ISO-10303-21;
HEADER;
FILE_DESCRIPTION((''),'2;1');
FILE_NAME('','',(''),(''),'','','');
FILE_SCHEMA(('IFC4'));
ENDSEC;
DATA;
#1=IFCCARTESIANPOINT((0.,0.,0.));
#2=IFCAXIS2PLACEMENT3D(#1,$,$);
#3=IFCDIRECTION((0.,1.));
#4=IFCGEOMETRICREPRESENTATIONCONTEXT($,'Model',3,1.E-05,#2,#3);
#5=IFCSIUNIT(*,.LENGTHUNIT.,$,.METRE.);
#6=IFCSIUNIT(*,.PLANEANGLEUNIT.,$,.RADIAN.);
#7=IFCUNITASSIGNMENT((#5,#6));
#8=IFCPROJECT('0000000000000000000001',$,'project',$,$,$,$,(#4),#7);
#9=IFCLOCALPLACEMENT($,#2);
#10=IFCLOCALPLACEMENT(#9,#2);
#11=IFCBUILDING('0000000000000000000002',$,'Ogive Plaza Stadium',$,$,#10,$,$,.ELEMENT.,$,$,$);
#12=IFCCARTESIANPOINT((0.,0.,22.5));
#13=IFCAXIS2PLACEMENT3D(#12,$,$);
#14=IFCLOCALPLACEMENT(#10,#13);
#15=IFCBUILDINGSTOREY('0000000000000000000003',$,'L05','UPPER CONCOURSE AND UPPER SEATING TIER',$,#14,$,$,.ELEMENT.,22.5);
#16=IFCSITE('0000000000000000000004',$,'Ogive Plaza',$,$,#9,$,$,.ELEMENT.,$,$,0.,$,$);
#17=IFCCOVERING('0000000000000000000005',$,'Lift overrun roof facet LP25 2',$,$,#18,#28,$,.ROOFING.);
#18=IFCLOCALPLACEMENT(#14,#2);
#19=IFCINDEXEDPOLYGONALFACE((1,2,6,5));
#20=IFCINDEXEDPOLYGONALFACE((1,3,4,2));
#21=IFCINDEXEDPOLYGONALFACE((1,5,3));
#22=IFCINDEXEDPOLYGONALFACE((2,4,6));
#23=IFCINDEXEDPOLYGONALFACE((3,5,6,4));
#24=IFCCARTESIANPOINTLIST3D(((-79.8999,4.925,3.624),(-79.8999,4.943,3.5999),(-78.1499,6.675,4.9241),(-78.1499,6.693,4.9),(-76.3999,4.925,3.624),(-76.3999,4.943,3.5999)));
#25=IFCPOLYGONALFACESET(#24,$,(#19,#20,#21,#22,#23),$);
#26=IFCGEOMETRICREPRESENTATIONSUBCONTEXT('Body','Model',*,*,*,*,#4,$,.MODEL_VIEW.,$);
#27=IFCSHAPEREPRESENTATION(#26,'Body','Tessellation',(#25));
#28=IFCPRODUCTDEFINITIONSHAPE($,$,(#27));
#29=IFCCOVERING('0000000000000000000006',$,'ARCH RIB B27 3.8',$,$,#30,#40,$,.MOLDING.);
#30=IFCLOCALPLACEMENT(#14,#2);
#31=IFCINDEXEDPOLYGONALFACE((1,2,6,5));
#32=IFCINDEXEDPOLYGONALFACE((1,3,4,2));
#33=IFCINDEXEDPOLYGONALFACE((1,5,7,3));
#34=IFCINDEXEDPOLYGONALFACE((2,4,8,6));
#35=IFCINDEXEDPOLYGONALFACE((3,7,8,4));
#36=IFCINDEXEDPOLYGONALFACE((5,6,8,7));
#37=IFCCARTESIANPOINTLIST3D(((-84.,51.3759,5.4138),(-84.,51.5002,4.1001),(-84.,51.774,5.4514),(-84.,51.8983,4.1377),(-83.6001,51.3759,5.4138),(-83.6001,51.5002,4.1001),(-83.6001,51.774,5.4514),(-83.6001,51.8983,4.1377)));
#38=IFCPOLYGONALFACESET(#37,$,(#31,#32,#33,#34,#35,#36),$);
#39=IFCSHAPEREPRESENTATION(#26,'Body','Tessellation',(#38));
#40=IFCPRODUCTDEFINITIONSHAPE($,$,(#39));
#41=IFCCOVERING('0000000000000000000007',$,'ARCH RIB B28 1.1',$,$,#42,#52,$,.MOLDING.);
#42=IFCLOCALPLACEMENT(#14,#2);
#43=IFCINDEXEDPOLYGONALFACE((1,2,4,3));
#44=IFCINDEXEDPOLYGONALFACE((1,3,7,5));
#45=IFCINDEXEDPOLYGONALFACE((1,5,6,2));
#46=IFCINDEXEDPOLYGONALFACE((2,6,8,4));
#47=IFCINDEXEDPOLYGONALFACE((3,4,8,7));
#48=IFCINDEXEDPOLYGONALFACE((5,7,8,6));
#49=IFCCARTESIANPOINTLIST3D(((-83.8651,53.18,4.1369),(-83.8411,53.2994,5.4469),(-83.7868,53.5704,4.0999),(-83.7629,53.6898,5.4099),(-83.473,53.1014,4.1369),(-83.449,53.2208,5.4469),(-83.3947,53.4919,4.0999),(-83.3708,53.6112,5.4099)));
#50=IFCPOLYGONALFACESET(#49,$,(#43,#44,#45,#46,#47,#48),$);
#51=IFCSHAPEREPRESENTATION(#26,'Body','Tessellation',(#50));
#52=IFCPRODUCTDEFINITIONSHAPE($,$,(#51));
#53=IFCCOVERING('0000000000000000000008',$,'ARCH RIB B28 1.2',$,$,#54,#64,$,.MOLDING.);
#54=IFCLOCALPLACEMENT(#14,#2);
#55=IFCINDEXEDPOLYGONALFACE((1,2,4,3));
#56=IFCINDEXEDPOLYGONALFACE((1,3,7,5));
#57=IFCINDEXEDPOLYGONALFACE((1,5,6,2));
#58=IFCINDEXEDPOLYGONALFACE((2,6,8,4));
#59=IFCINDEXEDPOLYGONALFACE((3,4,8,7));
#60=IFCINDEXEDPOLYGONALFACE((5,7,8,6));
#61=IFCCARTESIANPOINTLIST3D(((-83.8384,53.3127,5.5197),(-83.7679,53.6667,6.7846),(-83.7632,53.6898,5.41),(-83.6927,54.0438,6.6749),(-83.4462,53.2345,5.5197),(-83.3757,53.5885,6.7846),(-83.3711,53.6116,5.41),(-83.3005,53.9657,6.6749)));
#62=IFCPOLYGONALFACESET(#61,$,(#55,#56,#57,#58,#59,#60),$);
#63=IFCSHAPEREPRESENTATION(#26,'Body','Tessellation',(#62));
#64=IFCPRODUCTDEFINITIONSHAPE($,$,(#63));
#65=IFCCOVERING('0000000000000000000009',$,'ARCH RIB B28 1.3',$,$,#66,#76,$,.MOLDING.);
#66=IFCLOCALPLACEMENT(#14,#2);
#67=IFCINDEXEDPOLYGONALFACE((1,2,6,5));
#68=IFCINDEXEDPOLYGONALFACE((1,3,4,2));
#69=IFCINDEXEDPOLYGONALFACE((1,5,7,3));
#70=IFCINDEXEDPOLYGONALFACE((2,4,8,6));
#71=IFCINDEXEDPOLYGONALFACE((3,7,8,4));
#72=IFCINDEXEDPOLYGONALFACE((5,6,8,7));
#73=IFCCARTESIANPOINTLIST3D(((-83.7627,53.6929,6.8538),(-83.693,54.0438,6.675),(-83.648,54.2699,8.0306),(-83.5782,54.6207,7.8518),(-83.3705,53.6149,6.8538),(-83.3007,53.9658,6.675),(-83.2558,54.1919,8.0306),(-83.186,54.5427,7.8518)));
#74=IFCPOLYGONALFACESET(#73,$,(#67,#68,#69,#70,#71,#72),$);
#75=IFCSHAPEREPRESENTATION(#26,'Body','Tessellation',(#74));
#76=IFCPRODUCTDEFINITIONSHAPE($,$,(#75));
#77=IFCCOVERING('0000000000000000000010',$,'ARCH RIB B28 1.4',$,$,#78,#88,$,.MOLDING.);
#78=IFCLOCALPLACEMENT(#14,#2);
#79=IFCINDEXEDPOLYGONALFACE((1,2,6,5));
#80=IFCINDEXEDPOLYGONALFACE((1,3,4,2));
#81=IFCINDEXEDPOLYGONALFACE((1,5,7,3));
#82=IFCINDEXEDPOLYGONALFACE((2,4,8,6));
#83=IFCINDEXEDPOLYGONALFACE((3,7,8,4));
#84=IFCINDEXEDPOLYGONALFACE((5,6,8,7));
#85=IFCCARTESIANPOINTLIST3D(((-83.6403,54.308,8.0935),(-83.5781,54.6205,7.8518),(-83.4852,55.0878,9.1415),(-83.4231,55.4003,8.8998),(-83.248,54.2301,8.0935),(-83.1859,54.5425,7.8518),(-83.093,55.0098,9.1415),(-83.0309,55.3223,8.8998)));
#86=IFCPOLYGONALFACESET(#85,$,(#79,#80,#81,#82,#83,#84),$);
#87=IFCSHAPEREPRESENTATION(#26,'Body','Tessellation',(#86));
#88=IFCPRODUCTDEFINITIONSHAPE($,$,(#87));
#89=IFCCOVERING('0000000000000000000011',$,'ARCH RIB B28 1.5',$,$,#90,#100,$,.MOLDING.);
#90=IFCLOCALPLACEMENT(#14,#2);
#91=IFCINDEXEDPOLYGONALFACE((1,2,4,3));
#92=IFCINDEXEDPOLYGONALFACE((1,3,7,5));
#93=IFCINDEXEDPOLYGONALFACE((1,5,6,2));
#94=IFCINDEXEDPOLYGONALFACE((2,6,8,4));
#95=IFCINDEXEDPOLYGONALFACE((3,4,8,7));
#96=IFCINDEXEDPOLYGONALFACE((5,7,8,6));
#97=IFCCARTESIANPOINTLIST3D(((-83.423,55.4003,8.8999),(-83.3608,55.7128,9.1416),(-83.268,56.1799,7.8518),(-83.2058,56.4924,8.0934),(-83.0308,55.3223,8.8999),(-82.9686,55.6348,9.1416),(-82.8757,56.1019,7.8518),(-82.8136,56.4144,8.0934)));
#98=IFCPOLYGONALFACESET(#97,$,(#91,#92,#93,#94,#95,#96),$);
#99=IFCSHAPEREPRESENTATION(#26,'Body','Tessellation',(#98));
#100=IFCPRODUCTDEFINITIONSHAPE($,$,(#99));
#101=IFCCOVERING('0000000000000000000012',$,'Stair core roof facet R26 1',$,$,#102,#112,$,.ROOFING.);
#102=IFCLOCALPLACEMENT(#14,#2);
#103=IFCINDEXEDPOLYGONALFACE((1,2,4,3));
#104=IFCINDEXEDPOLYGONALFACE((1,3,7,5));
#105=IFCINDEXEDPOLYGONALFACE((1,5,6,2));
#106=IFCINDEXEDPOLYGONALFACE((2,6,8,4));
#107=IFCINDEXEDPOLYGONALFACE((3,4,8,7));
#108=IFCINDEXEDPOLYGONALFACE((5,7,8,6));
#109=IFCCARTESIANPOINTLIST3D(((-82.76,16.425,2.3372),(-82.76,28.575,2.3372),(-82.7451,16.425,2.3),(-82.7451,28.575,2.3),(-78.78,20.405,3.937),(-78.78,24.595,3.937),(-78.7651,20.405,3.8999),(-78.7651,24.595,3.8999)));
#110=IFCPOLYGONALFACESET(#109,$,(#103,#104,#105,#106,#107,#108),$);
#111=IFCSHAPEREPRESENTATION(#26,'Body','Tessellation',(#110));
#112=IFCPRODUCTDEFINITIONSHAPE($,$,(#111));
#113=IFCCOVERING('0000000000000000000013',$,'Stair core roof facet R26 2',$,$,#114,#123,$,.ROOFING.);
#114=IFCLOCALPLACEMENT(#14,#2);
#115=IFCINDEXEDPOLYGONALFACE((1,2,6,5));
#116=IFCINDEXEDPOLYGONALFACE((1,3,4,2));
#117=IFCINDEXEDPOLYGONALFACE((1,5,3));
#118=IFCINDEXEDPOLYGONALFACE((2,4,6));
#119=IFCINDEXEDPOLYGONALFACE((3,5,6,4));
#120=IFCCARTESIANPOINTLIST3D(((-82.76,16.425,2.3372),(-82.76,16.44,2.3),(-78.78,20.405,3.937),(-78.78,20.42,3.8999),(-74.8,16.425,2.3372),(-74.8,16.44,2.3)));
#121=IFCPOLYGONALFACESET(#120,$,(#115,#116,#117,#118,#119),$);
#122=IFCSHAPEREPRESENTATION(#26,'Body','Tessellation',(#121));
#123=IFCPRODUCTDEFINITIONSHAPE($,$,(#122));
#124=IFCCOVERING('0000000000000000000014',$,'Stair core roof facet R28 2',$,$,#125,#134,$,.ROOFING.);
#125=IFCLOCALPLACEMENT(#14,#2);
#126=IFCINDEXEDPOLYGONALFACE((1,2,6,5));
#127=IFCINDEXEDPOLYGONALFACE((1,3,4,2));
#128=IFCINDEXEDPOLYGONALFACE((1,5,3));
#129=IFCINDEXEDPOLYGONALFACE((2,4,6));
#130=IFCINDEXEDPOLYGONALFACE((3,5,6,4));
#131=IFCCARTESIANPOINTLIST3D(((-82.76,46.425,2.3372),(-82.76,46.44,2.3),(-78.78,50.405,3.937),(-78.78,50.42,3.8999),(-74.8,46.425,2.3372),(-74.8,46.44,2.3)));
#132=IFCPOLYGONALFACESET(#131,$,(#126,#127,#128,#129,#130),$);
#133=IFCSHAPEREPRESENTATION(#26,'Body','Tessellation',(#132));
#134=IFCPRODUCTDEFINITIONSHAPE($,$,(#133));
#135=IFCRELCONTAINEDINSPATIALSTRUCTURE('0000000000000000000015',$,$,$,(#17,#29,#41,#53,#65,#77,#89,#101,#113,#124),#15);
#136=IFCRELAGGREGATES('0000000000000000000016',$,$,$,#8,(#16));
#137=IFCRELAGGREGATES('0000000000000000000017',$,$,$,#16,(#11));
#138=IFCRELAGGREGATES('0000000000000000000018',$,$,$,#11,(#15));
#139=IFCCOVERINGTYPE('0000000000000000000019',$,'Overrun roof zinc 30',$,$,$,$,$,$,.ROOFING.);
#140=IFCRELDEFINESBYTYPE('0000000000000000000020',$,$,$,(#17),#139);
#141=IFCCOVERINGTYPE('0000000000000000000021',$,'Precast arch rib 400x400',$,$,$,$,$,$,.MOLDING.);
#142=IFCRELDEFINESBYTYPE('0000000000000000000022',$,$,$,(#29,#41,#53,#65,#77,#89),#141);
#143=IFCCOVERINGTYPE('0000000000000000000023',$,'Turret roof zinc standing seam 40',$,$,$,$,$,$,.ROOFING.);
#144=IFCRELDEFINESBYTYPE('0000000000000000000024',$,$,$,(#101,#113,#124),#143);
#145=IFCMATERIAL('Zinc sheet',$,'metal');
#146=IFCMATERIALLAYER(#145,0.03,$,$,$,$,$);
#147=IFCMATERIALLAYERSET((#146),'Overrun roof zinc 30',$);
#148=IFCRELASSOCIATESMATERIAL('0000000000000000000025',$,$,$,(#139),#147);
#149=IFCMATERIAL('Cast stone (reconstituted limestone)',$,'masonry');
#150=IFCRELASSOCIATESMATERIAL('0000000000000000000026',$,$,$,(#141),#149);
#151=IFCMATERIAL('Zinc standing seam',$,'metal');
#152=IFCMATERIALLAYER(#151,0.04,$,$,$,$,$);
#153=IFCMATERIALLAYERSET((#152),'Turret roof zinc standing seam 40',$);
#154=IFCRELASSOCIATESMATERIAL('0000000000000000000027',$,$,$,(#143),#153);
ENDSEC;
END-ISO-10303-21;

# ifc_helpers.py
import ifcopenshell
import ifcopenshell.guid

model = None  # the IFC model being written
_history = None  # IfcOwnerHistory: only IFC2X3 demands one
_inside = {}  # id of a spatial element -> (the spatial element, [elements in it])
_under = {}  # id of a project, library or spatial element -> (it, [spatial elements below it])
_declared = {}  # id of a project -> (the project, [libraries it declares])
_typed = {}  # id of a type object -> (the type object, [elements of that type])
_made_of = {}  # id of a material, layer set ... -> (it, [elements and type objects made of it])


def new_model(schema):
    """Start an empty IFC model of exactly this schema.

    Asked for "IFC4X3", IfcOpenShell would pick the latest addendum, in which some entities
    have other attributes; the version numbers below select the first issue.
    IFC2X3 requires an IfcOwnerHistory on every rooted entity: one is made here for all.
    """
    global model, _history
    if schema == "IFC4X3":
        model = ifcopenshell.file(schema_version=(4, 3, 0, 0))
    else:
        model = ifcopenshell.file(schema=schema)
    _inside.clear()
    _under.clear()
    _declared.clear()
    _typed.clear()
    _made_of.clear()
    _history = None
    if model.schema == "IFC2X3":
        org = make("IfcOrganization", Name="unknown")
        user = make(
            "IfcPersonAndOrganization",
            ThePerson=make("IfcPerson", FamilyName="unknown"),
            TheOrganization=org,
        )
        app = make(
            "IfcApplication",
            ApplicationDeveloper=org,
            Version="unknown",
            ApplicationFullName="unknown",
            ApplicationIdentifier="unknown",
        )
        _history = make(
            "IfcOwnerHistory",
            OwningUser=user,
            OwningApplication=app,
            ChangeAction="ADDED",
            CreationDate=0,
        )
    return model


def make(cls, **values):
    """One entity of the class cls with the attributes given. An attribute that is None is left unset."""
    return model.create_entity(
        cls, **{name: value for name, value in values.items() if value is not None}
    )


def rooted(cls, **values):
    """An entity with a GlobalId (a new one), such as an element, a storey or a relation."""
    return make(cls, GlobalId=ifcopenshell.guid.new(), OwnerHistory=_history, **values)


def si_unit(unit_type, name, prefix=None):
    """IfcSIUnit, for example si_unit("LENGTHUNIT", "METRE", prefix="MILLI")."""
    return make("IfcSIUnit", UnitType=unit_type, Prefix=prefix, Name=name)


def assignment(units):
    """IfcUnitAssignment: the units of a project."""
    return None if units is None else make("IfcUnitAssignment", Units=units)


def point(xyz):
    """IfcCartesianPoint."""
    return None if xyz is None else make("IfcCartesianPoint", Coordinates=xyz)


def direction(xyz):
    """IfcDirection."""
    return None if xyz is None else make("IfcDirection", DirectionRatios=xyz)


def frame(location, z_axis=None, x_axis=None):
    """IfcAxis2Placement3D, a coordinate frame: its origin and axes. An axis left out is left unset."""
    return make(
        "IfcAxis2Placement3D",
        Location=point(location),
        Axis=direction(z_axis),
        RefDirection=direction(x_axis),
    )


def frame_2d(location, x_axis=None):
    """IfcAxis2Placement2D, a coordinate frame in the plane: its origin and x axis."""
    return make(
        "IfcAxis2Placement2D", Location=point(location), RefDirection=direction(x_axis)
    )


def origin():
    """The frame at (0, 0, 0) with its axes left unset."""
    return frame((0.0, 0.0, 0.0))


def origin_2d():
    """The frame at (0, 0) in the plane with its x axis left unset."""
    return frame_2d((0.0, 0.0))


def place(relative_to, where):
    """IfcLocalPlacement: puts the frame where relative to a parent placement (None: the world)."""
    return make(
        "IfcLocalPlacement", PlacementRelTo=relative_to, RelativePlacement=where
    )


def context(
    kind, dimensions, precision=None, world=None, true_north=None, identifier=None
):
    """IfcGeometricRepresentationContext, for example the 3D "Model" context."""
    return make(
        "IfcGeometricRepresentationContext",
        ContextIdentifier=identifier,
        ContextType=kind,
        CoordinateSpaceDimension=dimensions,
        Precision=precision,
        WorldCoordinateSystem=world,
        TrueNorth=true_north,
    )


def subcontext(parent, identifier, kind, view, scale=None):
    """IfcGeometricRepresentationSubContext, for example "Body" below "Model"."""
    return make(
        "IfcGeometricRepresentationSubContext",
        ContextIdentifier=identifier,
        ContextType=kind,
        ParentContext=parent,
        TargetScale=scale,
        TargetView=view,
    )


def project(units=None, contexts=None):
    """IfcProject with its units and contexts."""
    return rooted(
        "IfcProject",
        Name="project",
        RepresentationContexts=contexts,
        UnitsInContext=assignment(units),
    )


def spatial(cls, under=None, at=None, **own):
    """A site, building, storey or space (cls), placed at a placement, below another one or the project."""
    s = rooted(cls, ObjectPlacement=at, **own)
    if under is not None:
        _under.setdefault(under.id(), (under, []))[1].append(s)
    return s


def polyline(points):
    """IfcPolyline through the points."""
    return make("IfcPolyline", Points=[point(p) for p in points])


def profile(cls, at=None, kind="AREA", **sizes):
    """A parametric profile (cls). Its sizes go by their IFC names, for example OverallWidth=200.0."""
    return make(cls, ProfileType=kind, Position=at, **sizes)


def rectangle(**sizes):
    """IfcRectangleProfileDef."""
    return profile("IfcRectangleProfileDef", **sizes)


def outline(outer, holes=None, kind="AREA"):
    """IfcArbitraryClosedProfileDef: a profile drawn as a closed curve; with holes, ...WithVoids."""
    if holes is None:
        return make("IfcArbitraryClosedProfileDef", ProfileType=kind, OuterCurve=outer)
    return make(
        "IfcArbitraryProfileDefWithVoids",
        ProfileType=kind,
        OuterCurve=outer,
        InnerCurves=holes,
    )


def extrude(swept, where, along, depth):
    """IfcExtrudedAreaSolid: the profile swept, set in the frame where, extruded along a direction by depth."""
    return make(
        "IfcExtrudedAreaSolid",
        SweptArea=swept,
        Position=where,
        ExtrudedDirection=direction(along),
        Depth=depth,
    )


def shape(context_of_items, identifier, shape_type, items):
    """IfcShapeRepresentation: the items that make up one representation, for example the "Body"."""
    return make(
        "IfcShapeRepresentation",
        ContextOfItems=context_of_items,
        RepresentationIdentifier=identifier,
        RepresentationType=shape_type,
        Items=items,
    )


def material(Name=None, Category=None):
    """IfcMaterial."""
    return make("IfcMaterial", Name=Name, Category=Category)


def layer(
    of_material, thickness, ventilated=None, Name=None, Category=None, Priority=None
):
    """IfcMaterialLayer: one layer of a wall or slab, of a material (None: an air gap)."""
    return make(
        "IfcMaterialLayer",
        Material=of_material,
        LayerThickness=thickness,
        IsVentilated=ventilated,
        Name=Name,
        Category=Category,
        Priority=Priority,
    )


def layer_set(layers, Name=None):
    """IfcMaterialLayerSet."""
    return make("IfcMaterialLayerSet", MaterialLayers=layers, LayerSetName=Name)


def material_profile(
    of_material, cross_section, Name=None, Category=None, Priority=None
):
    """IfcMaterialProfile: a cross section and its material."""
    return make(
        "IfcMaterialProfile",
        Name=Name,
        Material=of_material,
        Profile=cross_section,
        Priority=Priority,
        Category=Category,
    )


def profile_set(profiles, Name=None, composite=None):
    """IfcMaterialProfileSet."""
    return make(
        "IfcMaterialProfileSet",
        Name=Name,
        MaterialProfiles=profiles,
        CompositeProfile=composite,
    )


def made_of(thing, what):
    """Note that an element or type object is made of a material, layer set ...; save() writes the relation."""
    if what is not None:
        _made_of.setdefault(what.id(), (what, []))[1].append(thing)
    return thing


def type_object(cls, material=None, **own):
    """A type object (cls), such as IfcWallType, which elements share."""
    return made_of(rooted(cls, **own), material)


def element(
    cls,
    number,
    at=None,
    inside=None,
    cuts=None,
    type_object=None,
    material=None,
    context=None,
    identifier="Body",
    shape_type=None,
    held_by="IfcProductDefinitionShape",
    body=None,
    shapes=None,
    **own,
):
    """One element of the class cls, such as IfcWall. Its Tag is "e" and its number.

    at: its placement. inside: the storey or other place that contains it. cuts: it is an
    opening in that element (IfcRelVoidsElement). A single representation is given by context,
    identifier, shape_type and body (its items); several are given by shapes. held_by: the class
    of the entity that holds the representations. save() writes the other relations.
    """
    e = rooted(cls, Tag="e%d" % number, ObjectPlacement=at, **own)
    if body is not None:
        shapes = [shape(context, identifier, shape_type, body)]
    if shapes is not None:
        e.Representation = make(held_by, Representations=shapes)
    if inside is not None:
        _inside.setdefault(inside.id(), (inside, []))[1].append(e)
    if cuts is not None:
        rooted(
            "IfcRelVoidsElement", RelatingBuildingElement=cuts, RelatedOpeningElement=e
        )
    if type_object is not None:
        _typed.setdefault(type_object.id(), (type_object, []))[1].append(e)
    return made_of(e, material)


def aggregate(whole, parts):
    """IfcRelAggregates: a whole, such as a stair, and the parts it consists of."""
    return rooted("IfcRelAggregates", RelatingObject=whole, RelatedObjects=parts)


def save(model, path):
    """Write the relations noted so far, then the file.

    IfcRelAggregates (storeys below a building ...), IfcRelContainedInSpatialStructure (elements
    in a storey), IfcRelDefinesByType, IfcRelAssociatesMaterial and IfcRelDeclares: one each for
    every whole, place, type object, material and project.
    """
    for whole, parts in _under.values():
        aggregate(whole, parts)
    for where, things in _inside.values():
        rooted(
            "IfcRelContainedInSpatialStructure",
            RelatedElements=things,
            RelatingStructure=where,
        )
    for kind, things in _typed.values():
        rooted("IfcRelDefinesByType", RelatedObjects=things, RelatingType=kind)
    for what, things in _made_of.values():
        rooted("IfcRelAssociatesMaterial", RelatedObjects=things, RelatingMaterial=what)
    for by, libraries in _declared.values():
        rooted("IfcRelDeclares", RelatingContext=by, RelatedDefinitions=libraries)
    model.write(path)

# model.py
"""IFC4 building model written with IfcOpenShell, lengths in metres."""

from ifc_helpers import new_model, si_unit, direction, frame, origin, origin_2d, place, context, subcontext, project, spatial, polyline, rectangle, outline, extrude, material, layer, layer_set, material_profile, profile_set, type_object, element, save


model = new_model("IFC4")

# Units and contexts
model_context = context("Model", 3, precision=1e-05, world=origin(), true_north=direction((0.0, 1.0)))
body_context = subcontext(model_context, "Body", "Model", "MODEL_VIEW")
ifc_project = project(units=[si_unit("LENGTHUNIT", "METRE"), si_unit("PLANEANGLEUNIT", "RADIAN")], contexts=[model_context])

# Site, building, storey
site_placement = place(None, origin())
site = spatial("IfcSite", under=ifc_project, at=site_placement, Name="Ogive Plaza", CompositionType="ELEMENT", RefElevation=0.0)
building_placement = place(site_placement, origin())
building = spatial("IfcBuilding", under=site, at=building_placement, Name="Ogive Plaza Stadium", CompositionType="ELEMENT")
storey_placement = place(building_placement, frame((0.0, 0.0, 22.5)))
storey = spatial("IfcBuildingStorey", under=building, at=storey_placement, Name="L05", Description="UPPER CONCOURSE AND UPPER SEATING TIER", CompositionType="ELEMENT", Elevation=22.5)

# Coverings
ifc_material_1 = material(Name="Zinc sheet", Category="metal")
ifc_layer_1 = layer(ifc_material_1, 0.03)
ifc_layer_set_1 = layer_set([ifc_layer_1], Name="Overrun roof zinc 30")
covering_type_1 = type_object("IfcCoveringType", Name="Overrun roof zinc 30", PredefinedType="ROOFING", material=ifc_layer_set_1)
covering_1_placement = place(storey_placement, frame((-79.8999, 4.925, 3.624), z_axis=(0.0, -0.596338, 0.802733), x_axis=(1.0, 0.0, 0.0)))
element("IfcCovering", 1, at=covering_1_placement, inside=storey, type_object=covering_type_1, Name="Lift overrun roof facet LP25 2", PredefinedType="ROOFING", context=body_context, shape_type="SweptSolid", body=[
    extrude(outline(polyline([(0.0, 0.0), (3.5, 0.0), (1.75, 2.1801), (0.0, 0.0)])), origin(), (0.0, 0.0, -1.0), 0.03),
])
ifc_material_2 = material(Name="Cast stone (reconstituted limestone)", Category="masonry")
ifc_material_profile_1 = material_profile(ifc_material_2, rectangle(XDim=0.3999, YDim=0.3999, at=origin_2d()), Name="Cast stone 400x400")
ifc_profile_set_1 = profile_set([ifc_material_profile_1], Name="Cast stone (reconstituted limestone)")
covering_type_2 = type_object("IfcCoveringType", Name="Precast arch rib 400x400", PredefinedType="MOLDING", material=ifc_profile_set_1)
covering_2_placement = place(storey_placement, frame((-83.8, 51.575, 5.4326), z_axis=(0.0, 0.094172, -0.995556), x_axis=(-1.0, 0.0, 0.0)))
element("IfcCovering", 2, at=covering_2_placement, inside=storey, type_object=covering_type_2, Name="ARCH RIB B27 3.8", PredefinedType="MOLDING", context=body_context, shape_type="SweptSolid", body=[
    extrude(rectangle(XDim=0.3999, YDim=0.3999, at=origin_2d()), origin(), (0.0, 0.0, 1.0), 1.3196),
])
covering_3_placement = place(storey_placement, frame((-83.6299, 53.3359, 4.1184), z_axis=(0.018185, 0.090738, 0.995709), x_axis=(-0.980503, 0.196502, 0.0)))
element("IfcCovering", 3, at=covering_3_placement, inside=storey, type_object=covering_type_2, Name="ARCH RIB B28 1.1", PredefinedType="MOLDING", context=body_context, shape_type="SweptSolid", body=[
    extrude(rectangle(XDim=0.3999, YDim=0.3999, at=origin_2d()), origin(), (0.0, 0.0, 1.0), 1.3157),
])
covering_4_placement = place(storey_placement, frame((-83.6047, 53.4622, 5.4648), z_axis=(0.053639, 0.269125, 0.96161), x_axis=(-0.980711, 0.195466, 0.0)))
element("IfcCovering", 4, at=covering_4_placement, inside=storey, type_object=covering_type_2, Name="ARCH RIB B28 1.2", PredefinedType="MOLDING", context=body_context, shape_type="SweptSolid", body=[
    extrude(rectangle(XDim=0.3999, YDim=0.3999, at=origin_2d()), origin(), (0.0, 0.0, 1.0), 1.3154),
])
covering_5_placement = place(storey_placement, frame((-83.5317, 53.8293, 6.7644), z_axis=(0.087221, 0.438518, 0.89448), x_axis=(-0.980788, 0.195078, 0.0)))
element("IfcCovering", 5, at=covering_5_placement, inside=storey, type_object=covering_type_2, Name="ARCH RIB B28 1.3", PredefinedType="MOLDING", context=body_context, shape_type="SweptSolid", body=[
    extrude(rectangle(XDim=0.3999, YDim=0.3999, at=origin_2d()), origin(), (0.0, 0.0, 1.0), 1.3157),
])
for number, where, z_axis, x_axis, name in (
    (6, (-83.4131, 54.4253, 7.9727), (0.117846, 0.592756, 0.796713), (-0.980804, 0.194994, 0.0), "ARCH RIB B28 1.4"),
    (7, (-83.1958, 55.5176, 9.0208), (0.117859, 0.592636, -0.796801), (-0.980793, 0.195053, 0.0), "ARCH RIB B28 1.5"),
):
    element("IfcCovering", number, at=place(storey_placement, frame(where, z_axis=z_axis, x_axis=x_axis)), inside=storey, type_object=covering_type_2, Name=name, PredefinedType="MOLDING", context=body_context, shape_type="SweptSolid", body=[
        extrude(rectangle(XDim=0.3999, YDim=0.3999, at=origin_2d()), origin(), (0.0, 0.0, 1.0), 1.3154),
    ])
ifc_material_3 = material(Name="Zinc standing seam", Category="metal")
ifc_layer_2 = layer(ifc_material_3, 0.04)
ifc_layer_set_2 = layer_set([ifc_layer_2], Name="Turret roof zinc standing seam 40")
covering_type_3 = type_object("IfcCoveringType", Name="Turret roof zinc standing seam 40", PredefinedType="ROOFING", material=ifc_layer_set_2)
covering_6_placement = place(storey_placement, frame((-82.76, 28.575, 2.3372), z_axis=(-0.37297, 0.0, 0.927843), x_axis=(0.0, -1.0, 0.0)))
element("IfcCovering", 8, at=covering_6_placement, inside=storey, type_object=covering_type_3, Name="Stair core roof facet R26 1", PredefinedType="ROOFING", context=body_context, shape_type="SweptSolid", body=[
    extrude(outline(polyline([(0.0, 0.0), (12.1499, 0.0), (8.1699, 4.2895), (3.98, 4.2895), (0.0, 0.0)])), origin(), (0.0, 0.0, -1.0), 0.04),
])
for number, where, z_axis, x_axis, name in (
    (9, (-82.76, 16.425, 2.3372), (0.0, -0.37297, 0.927843), (1.0, 0.0, 0.0), "Stair core roof facet R26 2"),
    (10, (-82.76, 46.425, 2.3372), (0.0, -0.37297, 0.927843), (1.0, 0.0, 0.0), "Stair core roof facet R28 2"),
):
    element("IfcCovering", number, at=place(storey_placement, frame(where, z_axis=z_axis, x_axis=x_axis)), inside=storey, type_object=covering_type_3, Name=name, PredefinedType="ROOFING", context=body_context, shape_type="SweptSolid", body=[
        extrude(outline(polyline([(0.0, 0.0), (7.96, 0.0), (3.98, 4.2895), (0.0, 0.0)])), origin(), (0.0, 0.0, -1.0), 0.04),
    ])

save(model, "model.ifc")
